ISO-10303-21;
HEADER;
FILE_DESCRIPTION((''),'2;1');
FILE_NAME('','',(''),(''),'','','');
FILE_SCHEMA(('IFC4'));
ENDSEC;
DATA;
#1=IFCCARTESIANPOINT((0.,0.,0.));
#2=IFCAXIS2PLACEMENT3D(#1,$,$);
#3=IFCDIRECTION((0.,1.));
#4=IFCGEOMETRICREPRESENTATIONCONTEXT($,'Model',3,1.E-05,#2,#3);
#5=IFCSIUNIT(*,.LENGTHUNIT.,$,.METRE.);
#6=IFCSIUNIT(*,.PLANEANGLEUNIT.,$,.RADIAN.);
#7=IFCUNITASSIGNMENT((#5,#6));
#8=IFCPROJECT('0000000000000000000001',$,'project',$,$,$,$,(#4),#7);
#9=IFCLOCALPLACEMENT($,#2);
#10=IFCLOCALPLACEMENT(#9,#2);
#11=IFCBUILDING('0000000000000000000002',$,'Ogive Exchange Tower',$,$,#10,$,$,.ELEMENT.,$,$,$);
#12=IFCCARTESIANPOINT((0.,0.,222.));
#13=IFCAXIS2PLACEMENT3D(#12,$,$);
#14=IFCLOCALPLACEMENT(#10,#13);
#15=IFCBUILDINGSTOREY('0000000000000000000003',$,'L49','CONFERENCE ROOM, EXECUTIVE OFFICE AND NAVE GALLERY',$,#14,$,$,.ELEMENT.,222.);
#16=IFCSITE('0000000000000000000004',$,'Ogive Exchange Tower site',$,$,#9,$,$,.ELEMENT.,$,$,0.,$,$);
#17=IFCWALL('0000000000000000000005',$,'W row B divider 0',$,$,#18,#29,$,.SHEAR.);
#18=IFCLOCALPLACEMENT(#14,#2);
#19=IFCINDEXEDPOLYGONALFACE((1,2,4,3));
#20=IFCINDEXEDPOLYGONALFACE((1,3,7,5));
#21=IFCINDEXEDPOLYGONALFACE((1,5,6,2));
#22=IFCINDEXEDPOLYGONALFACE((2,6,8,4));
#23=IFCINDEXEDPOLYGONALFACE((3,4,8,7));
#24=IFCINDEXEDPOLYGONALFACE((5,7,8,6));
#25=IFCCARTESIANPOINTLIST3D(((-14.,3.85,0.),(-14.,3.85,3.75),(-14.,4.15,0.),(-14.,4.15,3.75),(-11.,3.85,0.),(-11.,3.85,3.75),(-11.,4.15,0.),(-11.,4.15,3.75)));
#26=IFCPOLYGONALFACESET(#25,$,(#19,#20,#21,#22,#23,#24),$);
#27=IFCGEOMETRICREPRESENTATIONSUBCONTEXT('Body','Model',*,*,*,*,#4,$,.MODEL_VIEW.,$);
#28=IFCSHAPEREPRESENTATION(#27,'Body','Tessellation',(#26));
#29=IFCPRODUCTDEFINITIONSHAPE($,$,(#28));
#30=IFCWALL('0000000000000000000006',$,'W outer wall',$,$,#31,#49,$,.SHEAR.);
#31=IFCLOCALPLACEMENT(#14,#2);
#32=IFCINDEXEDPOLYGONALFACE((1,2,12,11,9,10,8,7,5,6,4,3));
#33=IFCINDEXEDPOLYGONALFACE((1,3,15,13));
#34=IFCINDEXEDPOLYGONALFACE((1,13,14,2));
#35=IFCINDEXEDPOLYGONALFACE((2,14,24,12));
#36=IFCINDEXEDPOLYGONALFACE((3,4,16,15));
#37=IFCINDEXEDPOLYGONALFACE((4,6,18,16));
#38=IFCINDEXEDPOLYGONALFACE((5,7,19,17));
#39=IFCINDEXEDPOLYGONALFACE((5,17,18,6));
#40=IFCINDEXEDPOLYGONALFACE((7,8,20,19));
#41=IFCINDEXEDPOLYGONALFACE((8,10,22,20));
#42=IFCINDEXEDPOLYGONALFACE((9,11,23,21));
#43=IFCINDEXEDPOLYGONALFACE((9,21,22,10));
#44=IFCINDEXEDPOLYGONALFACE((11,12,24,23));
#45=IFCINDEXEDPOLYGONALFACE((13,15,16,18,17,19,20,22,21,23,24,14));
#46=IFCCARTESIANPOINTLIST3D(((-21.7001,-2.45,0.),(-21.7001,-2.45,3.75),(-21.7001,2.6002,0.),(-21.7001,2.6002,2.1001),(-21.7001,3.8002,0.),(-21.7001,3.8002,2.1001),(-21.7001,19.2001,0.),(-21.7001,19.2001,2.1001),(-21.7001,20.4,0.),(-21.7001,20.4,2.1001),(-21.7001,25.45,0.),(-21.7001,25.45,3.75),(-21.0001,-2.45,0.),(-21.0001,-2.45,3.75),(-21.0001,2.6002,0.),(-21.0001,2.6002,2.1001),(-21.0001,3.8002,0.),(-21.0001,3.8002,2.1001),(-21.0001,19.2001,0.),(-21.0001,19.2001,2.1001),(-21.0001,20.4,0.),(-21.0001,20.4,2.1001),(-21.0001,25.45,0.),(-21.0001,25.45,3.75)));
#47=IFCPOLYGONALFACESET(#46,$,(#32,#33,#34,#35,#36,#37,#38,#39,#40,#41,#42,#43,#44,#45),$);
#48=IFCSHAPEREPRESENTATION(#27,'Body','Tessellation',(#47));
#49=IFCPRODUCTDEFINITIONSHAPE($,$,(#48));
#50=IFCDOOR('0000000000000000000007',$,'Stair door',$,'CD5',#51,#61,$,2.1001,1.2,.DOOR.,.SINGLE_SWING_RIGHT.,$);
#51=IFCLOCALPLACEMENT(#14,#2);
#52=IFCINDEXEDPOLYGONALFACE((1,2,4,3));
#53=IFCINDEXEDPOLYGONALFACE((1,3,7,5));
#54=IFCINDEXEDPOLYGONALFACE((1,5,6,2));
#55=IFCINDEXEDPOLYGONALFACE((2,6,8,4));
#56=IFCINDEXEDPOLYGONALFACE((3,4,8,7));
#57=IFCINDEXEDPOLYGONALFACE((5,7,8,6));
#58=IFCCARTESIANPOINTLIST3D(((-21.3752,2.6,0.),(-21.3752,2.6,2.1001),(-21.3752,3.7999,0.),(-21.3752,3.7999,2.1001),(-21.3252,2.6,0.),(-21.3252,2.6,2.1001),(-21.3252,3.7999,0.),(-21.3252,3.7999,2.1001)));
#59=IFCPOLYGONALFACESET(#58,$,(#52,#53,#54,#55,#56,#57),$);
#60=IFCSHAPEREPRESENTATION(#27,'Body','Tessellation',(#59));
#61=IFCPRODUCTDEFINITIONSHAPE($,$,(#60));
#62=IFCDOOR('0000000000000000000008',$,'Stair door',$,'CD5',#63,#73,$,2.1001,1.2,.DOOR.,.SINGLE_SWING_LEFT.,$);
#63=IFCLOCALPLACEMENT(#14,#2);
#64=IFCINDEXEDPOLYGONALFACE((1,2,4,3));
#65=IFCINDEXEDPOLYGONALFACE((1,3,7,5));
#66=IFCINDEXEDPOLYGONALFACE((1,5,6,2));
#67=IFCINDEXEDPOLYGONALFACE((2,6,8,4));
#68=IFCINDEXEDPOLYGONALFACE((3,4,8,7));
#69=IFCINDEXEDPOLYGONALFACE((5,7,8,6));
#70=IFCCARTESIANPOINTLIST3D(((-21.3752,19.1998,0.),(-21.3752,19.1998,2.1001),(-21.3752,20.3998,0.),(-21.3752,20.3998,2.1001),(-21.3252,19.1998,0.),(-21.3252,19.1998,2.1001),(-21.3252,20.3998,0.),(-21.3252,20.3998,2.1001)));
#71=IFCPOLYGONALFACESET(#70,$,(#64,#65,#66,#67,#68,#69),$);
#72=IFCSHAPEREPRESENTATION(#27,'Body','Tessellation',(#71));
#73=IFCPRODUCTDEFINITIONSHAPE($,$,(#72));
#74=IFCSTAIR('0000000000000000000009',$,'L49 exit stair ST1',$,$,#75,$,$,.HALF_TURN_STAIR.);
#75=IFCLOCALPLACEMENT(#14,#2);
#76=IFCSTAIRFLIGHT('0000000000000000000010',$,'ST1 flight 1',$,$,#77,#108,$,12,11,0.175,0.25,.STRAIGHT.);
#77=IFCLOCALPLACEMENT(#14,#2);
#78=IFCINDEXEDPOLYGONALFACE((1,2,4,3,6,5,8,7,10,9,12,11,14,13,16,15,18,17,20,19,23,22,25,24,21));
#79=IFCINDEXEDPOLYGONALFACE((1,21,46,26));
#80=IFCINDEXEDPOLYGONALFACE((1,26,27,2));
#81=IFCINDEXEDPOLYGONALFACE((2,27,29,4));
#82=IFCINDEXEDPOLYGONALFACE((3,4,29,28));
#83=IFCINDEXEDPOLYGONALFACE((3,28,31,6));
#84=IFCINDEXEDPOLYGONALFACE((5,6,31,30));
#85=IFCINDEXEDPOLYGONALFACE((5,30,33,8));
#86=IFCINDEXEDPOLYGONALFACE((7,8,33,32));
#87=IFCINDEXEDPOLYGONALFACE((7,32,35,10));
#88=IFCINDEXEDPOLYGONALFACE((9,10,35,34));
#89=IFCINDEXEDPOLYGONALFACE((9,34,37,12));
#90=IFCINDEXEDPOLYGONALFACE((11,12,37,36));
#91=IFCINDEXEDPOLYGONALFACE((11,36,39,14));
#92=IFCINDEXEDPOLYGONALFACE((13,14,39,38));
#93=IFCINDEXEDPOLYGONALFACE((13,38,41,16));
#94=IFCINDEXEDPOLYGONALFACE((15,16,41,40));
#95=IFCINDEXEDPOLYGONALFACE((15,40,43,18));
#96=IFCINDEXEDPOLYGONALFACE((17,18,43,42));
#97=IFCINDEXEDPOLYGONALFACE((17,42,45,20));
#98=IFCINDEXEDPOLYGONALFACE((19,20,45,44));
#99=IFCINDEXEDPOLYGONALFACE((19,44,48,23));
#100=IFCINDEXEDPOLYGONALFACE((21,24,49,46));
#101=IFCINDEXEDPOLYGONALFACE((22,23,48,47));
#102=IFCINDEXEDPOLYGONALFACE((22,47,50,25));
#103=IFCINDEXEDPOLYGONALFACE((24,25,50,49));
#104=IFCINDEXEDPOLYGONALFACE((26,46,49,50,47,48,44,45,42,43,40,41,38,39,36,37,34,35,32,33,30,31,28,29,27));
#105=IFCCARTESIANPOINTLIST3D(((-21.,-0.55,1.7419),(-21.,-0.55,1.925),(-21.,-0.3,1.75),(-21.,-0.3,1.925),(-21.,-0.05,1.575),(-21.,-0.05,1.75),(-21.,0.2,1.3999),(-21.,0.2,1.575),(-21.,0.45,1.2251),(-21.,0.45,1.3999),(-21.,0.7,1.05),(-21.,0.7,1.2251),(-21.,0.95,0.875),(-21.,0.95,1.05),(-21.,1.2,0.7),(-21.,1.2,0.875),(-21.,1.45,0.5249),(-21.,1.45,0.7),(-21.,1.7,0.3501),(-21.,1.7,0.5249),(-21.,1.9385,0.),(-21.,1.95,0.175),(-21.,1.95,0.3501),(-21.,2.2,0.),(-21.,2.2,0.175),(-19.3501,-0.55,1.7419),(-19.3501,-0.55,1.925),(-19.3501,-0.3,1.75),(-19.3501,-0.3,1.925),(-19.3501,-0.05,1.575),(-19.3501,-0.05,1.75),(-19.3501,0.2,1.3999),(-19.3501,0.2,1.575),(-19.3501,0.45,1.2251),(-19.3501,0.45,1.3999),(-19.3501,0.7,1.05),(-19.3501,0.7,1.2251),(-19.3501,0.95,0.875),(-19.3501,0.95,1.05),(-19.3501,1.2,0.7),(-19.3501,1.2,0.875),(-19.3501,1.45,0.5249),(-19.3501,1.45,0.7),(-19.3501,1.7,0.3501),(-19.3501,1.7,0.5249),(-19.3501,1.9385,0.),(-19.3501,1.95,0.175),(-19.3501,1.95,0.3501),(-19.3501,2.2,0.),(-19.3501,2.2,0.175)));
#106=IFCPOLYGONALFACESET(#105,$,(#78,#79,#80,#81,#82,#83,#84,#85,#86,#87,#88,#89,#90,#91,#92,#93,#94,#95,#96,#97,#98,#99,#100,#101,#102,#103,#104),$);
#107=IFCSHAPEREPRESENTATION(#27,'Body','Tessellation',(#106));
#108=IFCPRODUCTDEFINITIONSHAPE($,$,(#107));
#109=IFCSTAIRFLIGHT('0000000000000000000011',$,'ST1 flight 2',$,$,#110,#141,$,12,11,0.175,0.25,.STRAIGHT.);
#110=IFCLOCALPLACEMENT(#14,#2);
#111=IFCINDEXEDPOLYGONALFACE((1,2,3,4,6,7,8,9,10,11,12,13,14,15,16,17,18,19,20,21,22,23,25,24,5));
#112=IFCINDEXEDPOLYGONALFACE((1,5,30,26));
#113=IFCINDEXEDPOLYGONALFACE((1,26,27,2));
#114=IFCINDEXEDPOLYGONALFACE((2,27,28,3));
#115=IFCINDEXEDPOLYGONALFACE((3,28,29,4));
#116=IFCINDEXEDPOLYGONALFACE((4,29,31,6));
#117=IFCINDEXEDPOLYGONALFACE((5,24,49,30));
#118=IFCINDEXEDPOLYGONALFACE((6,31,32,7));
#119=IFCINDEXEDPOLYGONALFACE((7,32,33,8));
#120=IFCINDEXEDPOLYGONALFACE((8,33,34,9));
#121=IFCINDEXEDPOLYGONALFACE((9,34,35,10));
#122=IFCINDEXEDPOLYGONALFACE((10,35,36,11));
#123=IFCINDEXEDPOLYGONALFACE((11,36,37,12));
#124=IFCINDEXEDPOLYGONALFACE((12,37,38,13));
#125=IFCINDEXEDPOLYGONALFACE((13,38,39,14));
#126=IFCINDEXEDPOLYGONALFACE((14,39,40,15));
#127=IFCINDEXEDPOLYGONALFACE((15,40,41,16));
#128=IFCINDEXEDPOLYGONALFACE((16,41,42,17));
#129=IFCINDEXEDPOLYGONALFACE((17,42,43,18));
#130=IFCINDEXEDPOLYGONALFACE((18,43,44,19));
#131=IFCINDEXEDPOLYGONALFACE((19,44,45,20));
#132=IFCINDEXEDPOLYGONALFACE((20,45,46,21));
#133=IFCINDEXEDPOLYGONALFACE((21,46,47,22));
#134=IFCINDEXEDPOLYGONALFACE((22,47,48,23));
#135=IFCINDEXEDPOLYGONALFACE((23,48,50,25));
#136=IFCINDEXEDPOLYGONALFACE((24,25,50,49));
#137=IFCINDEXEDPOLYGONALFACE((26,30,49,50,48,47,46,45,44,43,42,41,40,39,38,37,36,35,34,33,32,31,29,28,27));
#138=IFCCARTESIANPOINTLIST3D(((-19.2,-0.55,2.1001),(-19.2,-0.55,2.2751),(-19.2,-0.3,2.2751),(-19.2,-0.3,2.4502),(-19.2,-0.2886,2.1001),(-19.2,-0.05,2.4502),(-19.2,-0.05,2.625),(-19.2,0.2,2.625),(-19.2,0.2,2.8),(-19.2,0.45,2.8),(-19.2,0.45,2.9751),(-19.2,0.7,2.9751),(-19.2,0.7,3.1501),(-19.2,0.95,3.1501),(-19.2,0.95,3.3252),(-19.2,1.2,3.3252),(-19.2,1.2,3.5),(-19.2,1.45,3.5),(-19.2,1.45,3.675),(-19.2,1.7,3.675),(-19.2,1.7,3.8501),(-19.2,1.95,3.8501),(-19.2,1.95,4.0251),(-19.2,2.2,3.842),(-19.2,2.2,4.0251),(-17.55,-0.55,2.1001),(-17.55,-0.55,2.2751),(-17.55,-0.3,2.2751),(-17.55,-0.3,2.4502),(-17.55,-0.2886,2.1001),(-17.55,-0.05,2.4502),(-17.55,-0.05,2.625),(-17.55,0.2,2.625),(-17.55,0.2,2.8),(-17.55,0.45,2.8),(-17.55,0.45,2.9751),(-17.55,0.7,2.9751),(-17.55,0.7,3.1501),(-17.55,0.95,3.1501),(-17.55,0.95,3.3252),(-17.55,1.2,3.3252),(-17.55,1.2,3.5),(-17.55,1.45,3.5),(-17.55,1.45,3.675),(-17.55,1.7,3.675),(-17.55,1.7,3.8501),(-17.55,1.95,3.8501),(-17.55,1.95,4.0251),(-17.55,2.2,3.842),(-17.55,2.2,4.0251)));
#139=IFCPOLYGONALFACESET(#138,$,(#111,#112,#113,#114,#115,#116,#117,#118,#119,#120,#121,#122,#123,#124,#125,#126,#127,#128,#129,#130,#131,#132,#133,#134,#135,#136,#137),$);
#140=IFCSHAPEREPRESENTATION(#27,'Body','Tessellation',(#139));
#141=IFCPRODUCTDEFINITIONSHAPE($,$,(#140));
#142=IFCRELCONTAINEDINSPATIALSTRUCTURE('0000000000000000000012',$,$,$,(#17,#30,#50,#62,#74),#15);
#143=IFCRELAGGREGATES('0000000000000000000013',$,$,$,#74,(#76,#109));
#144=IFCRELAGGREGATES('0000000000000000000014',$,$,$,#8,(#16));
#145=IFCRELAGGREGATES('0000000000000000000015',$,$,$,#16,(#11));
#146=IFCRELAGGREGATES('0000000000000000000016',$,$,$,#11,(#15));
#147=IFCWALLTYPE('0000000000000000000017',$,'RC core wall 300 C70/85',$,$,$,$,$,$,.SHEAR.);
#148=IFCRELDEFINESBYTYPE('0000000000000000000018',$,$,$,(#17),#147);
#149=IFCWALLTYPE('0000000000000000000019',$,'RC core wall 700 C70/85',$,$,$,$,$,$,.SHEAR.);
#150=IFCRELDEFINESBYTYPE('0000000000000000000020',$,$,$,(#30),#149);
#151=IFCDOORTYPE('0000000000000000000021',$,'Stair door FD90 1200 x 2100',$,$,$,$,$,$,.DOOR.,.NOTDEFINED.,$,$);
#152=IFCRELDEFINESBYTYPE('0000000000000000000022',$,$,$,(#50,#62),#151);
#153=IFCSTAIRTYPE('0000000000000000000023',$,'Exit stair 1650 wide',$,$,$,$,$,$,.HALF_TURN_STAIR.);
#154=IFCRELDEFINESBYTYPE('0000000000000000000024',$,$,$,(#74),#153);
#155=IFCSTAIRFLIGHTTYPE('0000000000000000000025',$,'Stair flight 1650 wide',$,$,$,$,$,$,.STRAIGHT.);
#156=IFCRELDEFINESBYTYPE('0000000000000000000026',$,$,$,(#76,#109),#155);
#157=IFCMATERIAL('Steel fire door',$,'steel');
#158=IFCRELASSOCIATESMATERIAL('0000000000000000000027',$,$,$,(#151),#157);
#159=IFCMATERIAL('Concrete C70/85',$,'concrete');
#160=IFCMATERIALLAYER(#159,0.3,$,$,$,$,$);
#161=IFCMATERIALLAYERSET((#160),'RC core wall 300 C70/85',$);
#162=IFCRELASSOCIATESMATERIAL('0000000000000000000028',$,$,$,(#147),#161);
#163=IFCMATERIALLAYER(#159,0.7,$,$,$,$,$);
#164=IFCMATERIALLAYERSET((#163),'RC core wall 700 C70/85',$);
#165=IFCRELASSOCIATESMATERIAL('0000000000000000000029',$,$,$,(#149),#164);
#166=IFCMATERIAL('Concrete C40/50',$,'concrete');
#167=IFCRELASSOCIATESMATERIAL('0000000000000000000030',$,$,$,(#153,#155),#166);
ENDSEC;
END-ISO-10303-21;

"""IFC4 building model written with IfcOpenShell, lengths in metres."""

from ifc_helpers import new_model, si_unit, direction, frame, frame_2d, origin, place, context, subcontext, project, spatial, polyline, rectangle, outline, extrude, material, layer, layer_set, type_object, element, fill, aggregate, save


model = new_model("IFC4")

# Units and contexts
model_context = context("Model", 3, precision=1e-05, world=origin(), true_north=direction((0.0, 1.0)))
body_context = subcontext(model_context, "Body", "Model", "MODEL_VIEW")
ifc_project = project(units=[si_unit("LENGTHUNIT", "METRE"), si_unit("PLANEANGLEUNIT", "RADIAN")], contexts=[model_context])

# Site, building, storey
site_placement = place(None, origin())
site = spatial("IfcSite", under=ifc_project, at=site_placement, Name="Ogive Exchange Tower site", CompositionType="ELEMENT", RefElevation=0.0)
building_placement = place(site_placement, origin())
building = spatial("IfcBuilding", under=site, at=building_placement, Name="Ogive Exchange Tower", CompositionType="ELEMENT")
storey_placement = place(building_placement, frame((0.0, 0.0, 222.0)))
storey = spatial("IfcBuildingStorey", under=building, at=storey_placement, Name="L49", Description="CONFERENCE ROOM, EXECUTIVE OFFICE AND NAVE GALLERY", CompositionType="ELEMENT", Elevation=222.0)

# Shared definitions
ifc_material_1 = material(Name="Concrete C70/85", Category="concrete")
ifc_material_2 = material(Name="Steel fire door", Category="steel")
door_type_1 = type_object("IfcDoorType", Name="Stair door FD90 1200 x 2100", OperationType="NOTDEFINED", PredefinedType="DOOR", material=ifc_material_2)

# Wall
ifc_layer_1 = layer(ifc_material_1, 0.3)
ifc_layer_set_1 = layer_set([ifc_layer_1], Name="RC core wall 300 C70/85")
wall_type_1 = type_object("IfcWallType", Name="RC core wall 300 C70/85", PredefinedType="SHEAR", material=ifc_layer_set_1)
wall_1_placement = place(storey_placement, frame((-14.0, 4.0, 0.0), z_axis=(0.0, 0.0, 1.0), x_axis=(1.0, 0.0, 0.0)))
element("IfcWall", 1, at=wall_1_placement, inside=storey, type_object=wall_type_1, Name="W row B divider 0", PredefinedType="SHEAR", context=body_context, shape_type="SweptSolid", body=[
    extrude(rectangle(XDim=3.0, YDim=0.3, at=frame_2d((1.5, 0.0))), origin(), (0.0, 0.0, 1.0), 3.75),
])

# Wall, openings, doors
ifc_layer_2 = layer(ifc_material_1, 0.7)
ifc_layer_set_2 = layer_set([ifc_layer_2], Name="RC core wall 700 C70/85")
wall_type_2 = type_object("IfcWallType", Name="RC core wall 700 C70/85", PredefinedType="SHEAR", material=ifc_layer_set_2)
wall_2_placement = place(storey_placement, frame((-21.3501, -2.45, 0.0), z_axis=(0.0, 0.0, 1.0), x_axis=(0.0, 1.0, 0.0)))
wall_2 = element("IfcWall", 2, at=wall_2_placement, inside=storey, type_object=wall_type_2, Name="W outer wall", PredefinedType="SHEAR", context=body_context, shape_type="SweptSolid", body=[
    extrude(rectangle(XDim=27.8999, YDim=0.7, at=frame_2d((13.95, 0.0))), origin(), (0.0, 0.0, 1.0), 3.75),
])
opening_1_placement = place(wall_2_placement, frame((5.05, 0.0, 0.0)))
opening_1 = element("IfcOpeningElement", 3, at=opening_1_placement, cuts=wall_2, PredefinedType="OPENING", context=body_context, shape_type="SweptSolid", body=[
    extrude(rectangle(XDim=1.2, YDim=2.1001, at=frame_2d((0.6001, 1.05))), frame((0.0, 0.3599, 0.0), z_axis=(0.0, -1.0, 0.0), x_axis=(1.0, 0.0, 0.0)), (0.0, 0.0, 1.0), 0.72),
])
opening_2_placement = place(wall_2_placement, frame((21.6499, 0.0, 0.0)))
opening_2 = element("IfcOpeningElement", 4, at=opening_2_placement, cuts=wall_2, PredefinedType="OPENING", context=body_context, shape_type="SweptSolid", body=[
    extrude(rectangle(XDim=1.2, YDim=2.1001, at=frame_2d((0.6001, 1.05))), frame((0.0, 0.3599, 0.0), z_axis=(0.0, -1.0, 0.0), x_axis=(1.0, 0.0, 0.0)), (0.0, 0.0, 1.0), 0.72),
])
door_1_placement = place(opening_1_placement, frame((1.2, 0.0, 0.0), z_axis=(0.0, 0.0, 1.0), x_axis=(-1.0, 0.0, 0.0)))
door_1 = element("IfcDoor", 5, at=door_1_placement, inside=storey, type_object=door_type_1, Name="Stair door", ObjectType="CD5", OperationType="SINGLE_SWING_RIGHT", OverallHeight=2.1001, OverallWidth=1.2, PredefinedType="DOOR", context=body_context, shape_type="SweptSolid", body=[
    extrude(rectangle(XDim=1.2, YDim=2.1001, at=frame_2d((0.6001, 1.05))), frame((0.0, 0.0249, 0.0), z_axis=(0.0, -1.0, 0.0), x_axis=(1.0, 0.0, 0.0)), (0.0, 0.0, 1.0), 0.05),
])
fill(opening_1, door_1)
door_2_placement = place(opening_2_placement, frame((1.2, 0.0, 0.0), z_axis=(0.0, 0.0, 1.0), x_axis=(-1.0, 0.0, 0.0)))
door_2 = element("IfcDoor", 6, at=door_2_placement, inside=storey, type_object=door_type_1, Name="Stair door", ObjectType="CD5", OperationType="SINGLE_SWING_LEFT", OverallHeight=2.1001, OverallWidth=1.2, PredefinedType="DOOR", context=body_context, shape_type="SweptSolid", body=[
    extrude(rectangle(XDim=1.2, YDim=2.1001, at=frame_2d((0.6001, 1.05))), frame((0.0, 0.0249, 0.0), z_axis=(0.0, -1.0, 0.0), x_axis=(1.0, 0.0, 0.0)), (0.0, 0.0, 1.0), 0.05),
])
fill(opening_2, door_2)

# Stair, stair flights
ifc_material_3 = material(Name="Concrete C40/50", Category="concrete")
stair_type = type_object("IfcStairType", Name="Exit stair 1650 wide", PredefinedType="HALF_TURN_STAIR", material=ifc_material_3)
stair_placement = place(storey_placement, origin())
stair = element("IfcStair", 7, at=stair_placement, inside=storey, type_object=stair_type, Name="L49 exit stair ST1", PredefinedType="HALF_TURN_STAIR")
stair_flight_type = type_object("IfcStairFlightType", Name="Stair flight 1650 wide", PredefinedType="STRAIGHT", material=ifc_material_3)
stair_flight_1_placement = place(storey_placement, frame((-20.175, 2.2, 0.0), z_axis=(0.0, 0.0, 1.0), x_axis=(0.0, -1.0, 0.0)))
stair_flight_1 = element("IfcStairFlight", 8, at=stair_flight_1_placement, type_object=stair_flight_type, Name="ST1 flight 1", NumberOfRisers=12, NumberOfTreads=11, PredefinedType="STRAIGHT", RiserHeight=0.175, TreadLength=0.25, context=body_context, shape_type="SweptSolid", body=[
    extrude(outline(polyline([(0.0, 0.0), (0.0, 0.175), (0.25, 0.175), (0.25, 0.3501), (0.5, 0.3501), (0.5, 0.5249), (0.75, 0.5249), (0.75, 0.7), (1.0, 0.7), (1.0, 0.875), (1.25, 0.875), (1.25, 1.05), (1.5, 1.05), (1.5, 1.2251), (1.75, 1.2251), (1.75, 1.3999), (2.0, 1.3999), (2.0, 1.575), (2.25, 1.575), (2.25, 1.75), (2.5, 1.75), (2.5, 1.925), (2.75, 1.925), (2.75, 2.1001), (2.75, 1.7419), (0.2615, 0.0), (0.0, 0.0)])), frame((0.0, 0.825, 0.0), z_axis=(0.0, -1.0, 0.0), x_axis=(1.0, 0.0, 0.0)), (0.0, 0.0, 1.0), 1.6499),
])
stair_flight_2_placement = place(storey_placement, frame((-18.375, -0.55, 2.1001), z_axis=(0.0, 0.0, 1.0), x_axis=(0.0, 1.0, 0.0)))
stair_flight_2 = element("IfcStairFlight", 9, at=stair_flight_2_placement, type_object=stair_flight_type, Name="ST1 flight 2", NumberOfRisers=12, NumberOfTreads=11, PredefinedType="STRAIGHT", RiserHeight=0.175, TreadLength=0.25, context=body_context, shape_type="SweptSolid", body=[
    extrude(outline(polyline([(0.0, 0.0), (0.0, 0.175), (0.25, 0.175), (0.25, 0.3501), (0.5, 0.3501), (0.5, 0.5249), (0.75, 0.5249), (0.75, 0.7), (1.0, 0.7), (1.0, 0.875), (1.25, 0.875), (1.25, 1.05), (1.5, 1.05), (1.5, 1.2251), (1.75, 1.2251), (1.75, 1.3999), (2.0, 1.3999), (2.0, 1.575), (2.25, 1.575), (2.25, 1.75), (2.5, 1.75), (2.5, 1.925), (2.75, 1.925), (2.75, 2.1001), (2.75, 1.7419), (0.2615, 0.0), (0.0, 0.0)])), frame((0.0, 0.825, 0.0), z_axis=(0.0, -1.0, 0.0), x_axis=(1.0, 0.0, 0.0)), (0.0, 0.0, 1.0), 1.6499),
])
aggregate(stair, [stair_flight_1, stair_flight_2])

save(model, "model.ifc")
